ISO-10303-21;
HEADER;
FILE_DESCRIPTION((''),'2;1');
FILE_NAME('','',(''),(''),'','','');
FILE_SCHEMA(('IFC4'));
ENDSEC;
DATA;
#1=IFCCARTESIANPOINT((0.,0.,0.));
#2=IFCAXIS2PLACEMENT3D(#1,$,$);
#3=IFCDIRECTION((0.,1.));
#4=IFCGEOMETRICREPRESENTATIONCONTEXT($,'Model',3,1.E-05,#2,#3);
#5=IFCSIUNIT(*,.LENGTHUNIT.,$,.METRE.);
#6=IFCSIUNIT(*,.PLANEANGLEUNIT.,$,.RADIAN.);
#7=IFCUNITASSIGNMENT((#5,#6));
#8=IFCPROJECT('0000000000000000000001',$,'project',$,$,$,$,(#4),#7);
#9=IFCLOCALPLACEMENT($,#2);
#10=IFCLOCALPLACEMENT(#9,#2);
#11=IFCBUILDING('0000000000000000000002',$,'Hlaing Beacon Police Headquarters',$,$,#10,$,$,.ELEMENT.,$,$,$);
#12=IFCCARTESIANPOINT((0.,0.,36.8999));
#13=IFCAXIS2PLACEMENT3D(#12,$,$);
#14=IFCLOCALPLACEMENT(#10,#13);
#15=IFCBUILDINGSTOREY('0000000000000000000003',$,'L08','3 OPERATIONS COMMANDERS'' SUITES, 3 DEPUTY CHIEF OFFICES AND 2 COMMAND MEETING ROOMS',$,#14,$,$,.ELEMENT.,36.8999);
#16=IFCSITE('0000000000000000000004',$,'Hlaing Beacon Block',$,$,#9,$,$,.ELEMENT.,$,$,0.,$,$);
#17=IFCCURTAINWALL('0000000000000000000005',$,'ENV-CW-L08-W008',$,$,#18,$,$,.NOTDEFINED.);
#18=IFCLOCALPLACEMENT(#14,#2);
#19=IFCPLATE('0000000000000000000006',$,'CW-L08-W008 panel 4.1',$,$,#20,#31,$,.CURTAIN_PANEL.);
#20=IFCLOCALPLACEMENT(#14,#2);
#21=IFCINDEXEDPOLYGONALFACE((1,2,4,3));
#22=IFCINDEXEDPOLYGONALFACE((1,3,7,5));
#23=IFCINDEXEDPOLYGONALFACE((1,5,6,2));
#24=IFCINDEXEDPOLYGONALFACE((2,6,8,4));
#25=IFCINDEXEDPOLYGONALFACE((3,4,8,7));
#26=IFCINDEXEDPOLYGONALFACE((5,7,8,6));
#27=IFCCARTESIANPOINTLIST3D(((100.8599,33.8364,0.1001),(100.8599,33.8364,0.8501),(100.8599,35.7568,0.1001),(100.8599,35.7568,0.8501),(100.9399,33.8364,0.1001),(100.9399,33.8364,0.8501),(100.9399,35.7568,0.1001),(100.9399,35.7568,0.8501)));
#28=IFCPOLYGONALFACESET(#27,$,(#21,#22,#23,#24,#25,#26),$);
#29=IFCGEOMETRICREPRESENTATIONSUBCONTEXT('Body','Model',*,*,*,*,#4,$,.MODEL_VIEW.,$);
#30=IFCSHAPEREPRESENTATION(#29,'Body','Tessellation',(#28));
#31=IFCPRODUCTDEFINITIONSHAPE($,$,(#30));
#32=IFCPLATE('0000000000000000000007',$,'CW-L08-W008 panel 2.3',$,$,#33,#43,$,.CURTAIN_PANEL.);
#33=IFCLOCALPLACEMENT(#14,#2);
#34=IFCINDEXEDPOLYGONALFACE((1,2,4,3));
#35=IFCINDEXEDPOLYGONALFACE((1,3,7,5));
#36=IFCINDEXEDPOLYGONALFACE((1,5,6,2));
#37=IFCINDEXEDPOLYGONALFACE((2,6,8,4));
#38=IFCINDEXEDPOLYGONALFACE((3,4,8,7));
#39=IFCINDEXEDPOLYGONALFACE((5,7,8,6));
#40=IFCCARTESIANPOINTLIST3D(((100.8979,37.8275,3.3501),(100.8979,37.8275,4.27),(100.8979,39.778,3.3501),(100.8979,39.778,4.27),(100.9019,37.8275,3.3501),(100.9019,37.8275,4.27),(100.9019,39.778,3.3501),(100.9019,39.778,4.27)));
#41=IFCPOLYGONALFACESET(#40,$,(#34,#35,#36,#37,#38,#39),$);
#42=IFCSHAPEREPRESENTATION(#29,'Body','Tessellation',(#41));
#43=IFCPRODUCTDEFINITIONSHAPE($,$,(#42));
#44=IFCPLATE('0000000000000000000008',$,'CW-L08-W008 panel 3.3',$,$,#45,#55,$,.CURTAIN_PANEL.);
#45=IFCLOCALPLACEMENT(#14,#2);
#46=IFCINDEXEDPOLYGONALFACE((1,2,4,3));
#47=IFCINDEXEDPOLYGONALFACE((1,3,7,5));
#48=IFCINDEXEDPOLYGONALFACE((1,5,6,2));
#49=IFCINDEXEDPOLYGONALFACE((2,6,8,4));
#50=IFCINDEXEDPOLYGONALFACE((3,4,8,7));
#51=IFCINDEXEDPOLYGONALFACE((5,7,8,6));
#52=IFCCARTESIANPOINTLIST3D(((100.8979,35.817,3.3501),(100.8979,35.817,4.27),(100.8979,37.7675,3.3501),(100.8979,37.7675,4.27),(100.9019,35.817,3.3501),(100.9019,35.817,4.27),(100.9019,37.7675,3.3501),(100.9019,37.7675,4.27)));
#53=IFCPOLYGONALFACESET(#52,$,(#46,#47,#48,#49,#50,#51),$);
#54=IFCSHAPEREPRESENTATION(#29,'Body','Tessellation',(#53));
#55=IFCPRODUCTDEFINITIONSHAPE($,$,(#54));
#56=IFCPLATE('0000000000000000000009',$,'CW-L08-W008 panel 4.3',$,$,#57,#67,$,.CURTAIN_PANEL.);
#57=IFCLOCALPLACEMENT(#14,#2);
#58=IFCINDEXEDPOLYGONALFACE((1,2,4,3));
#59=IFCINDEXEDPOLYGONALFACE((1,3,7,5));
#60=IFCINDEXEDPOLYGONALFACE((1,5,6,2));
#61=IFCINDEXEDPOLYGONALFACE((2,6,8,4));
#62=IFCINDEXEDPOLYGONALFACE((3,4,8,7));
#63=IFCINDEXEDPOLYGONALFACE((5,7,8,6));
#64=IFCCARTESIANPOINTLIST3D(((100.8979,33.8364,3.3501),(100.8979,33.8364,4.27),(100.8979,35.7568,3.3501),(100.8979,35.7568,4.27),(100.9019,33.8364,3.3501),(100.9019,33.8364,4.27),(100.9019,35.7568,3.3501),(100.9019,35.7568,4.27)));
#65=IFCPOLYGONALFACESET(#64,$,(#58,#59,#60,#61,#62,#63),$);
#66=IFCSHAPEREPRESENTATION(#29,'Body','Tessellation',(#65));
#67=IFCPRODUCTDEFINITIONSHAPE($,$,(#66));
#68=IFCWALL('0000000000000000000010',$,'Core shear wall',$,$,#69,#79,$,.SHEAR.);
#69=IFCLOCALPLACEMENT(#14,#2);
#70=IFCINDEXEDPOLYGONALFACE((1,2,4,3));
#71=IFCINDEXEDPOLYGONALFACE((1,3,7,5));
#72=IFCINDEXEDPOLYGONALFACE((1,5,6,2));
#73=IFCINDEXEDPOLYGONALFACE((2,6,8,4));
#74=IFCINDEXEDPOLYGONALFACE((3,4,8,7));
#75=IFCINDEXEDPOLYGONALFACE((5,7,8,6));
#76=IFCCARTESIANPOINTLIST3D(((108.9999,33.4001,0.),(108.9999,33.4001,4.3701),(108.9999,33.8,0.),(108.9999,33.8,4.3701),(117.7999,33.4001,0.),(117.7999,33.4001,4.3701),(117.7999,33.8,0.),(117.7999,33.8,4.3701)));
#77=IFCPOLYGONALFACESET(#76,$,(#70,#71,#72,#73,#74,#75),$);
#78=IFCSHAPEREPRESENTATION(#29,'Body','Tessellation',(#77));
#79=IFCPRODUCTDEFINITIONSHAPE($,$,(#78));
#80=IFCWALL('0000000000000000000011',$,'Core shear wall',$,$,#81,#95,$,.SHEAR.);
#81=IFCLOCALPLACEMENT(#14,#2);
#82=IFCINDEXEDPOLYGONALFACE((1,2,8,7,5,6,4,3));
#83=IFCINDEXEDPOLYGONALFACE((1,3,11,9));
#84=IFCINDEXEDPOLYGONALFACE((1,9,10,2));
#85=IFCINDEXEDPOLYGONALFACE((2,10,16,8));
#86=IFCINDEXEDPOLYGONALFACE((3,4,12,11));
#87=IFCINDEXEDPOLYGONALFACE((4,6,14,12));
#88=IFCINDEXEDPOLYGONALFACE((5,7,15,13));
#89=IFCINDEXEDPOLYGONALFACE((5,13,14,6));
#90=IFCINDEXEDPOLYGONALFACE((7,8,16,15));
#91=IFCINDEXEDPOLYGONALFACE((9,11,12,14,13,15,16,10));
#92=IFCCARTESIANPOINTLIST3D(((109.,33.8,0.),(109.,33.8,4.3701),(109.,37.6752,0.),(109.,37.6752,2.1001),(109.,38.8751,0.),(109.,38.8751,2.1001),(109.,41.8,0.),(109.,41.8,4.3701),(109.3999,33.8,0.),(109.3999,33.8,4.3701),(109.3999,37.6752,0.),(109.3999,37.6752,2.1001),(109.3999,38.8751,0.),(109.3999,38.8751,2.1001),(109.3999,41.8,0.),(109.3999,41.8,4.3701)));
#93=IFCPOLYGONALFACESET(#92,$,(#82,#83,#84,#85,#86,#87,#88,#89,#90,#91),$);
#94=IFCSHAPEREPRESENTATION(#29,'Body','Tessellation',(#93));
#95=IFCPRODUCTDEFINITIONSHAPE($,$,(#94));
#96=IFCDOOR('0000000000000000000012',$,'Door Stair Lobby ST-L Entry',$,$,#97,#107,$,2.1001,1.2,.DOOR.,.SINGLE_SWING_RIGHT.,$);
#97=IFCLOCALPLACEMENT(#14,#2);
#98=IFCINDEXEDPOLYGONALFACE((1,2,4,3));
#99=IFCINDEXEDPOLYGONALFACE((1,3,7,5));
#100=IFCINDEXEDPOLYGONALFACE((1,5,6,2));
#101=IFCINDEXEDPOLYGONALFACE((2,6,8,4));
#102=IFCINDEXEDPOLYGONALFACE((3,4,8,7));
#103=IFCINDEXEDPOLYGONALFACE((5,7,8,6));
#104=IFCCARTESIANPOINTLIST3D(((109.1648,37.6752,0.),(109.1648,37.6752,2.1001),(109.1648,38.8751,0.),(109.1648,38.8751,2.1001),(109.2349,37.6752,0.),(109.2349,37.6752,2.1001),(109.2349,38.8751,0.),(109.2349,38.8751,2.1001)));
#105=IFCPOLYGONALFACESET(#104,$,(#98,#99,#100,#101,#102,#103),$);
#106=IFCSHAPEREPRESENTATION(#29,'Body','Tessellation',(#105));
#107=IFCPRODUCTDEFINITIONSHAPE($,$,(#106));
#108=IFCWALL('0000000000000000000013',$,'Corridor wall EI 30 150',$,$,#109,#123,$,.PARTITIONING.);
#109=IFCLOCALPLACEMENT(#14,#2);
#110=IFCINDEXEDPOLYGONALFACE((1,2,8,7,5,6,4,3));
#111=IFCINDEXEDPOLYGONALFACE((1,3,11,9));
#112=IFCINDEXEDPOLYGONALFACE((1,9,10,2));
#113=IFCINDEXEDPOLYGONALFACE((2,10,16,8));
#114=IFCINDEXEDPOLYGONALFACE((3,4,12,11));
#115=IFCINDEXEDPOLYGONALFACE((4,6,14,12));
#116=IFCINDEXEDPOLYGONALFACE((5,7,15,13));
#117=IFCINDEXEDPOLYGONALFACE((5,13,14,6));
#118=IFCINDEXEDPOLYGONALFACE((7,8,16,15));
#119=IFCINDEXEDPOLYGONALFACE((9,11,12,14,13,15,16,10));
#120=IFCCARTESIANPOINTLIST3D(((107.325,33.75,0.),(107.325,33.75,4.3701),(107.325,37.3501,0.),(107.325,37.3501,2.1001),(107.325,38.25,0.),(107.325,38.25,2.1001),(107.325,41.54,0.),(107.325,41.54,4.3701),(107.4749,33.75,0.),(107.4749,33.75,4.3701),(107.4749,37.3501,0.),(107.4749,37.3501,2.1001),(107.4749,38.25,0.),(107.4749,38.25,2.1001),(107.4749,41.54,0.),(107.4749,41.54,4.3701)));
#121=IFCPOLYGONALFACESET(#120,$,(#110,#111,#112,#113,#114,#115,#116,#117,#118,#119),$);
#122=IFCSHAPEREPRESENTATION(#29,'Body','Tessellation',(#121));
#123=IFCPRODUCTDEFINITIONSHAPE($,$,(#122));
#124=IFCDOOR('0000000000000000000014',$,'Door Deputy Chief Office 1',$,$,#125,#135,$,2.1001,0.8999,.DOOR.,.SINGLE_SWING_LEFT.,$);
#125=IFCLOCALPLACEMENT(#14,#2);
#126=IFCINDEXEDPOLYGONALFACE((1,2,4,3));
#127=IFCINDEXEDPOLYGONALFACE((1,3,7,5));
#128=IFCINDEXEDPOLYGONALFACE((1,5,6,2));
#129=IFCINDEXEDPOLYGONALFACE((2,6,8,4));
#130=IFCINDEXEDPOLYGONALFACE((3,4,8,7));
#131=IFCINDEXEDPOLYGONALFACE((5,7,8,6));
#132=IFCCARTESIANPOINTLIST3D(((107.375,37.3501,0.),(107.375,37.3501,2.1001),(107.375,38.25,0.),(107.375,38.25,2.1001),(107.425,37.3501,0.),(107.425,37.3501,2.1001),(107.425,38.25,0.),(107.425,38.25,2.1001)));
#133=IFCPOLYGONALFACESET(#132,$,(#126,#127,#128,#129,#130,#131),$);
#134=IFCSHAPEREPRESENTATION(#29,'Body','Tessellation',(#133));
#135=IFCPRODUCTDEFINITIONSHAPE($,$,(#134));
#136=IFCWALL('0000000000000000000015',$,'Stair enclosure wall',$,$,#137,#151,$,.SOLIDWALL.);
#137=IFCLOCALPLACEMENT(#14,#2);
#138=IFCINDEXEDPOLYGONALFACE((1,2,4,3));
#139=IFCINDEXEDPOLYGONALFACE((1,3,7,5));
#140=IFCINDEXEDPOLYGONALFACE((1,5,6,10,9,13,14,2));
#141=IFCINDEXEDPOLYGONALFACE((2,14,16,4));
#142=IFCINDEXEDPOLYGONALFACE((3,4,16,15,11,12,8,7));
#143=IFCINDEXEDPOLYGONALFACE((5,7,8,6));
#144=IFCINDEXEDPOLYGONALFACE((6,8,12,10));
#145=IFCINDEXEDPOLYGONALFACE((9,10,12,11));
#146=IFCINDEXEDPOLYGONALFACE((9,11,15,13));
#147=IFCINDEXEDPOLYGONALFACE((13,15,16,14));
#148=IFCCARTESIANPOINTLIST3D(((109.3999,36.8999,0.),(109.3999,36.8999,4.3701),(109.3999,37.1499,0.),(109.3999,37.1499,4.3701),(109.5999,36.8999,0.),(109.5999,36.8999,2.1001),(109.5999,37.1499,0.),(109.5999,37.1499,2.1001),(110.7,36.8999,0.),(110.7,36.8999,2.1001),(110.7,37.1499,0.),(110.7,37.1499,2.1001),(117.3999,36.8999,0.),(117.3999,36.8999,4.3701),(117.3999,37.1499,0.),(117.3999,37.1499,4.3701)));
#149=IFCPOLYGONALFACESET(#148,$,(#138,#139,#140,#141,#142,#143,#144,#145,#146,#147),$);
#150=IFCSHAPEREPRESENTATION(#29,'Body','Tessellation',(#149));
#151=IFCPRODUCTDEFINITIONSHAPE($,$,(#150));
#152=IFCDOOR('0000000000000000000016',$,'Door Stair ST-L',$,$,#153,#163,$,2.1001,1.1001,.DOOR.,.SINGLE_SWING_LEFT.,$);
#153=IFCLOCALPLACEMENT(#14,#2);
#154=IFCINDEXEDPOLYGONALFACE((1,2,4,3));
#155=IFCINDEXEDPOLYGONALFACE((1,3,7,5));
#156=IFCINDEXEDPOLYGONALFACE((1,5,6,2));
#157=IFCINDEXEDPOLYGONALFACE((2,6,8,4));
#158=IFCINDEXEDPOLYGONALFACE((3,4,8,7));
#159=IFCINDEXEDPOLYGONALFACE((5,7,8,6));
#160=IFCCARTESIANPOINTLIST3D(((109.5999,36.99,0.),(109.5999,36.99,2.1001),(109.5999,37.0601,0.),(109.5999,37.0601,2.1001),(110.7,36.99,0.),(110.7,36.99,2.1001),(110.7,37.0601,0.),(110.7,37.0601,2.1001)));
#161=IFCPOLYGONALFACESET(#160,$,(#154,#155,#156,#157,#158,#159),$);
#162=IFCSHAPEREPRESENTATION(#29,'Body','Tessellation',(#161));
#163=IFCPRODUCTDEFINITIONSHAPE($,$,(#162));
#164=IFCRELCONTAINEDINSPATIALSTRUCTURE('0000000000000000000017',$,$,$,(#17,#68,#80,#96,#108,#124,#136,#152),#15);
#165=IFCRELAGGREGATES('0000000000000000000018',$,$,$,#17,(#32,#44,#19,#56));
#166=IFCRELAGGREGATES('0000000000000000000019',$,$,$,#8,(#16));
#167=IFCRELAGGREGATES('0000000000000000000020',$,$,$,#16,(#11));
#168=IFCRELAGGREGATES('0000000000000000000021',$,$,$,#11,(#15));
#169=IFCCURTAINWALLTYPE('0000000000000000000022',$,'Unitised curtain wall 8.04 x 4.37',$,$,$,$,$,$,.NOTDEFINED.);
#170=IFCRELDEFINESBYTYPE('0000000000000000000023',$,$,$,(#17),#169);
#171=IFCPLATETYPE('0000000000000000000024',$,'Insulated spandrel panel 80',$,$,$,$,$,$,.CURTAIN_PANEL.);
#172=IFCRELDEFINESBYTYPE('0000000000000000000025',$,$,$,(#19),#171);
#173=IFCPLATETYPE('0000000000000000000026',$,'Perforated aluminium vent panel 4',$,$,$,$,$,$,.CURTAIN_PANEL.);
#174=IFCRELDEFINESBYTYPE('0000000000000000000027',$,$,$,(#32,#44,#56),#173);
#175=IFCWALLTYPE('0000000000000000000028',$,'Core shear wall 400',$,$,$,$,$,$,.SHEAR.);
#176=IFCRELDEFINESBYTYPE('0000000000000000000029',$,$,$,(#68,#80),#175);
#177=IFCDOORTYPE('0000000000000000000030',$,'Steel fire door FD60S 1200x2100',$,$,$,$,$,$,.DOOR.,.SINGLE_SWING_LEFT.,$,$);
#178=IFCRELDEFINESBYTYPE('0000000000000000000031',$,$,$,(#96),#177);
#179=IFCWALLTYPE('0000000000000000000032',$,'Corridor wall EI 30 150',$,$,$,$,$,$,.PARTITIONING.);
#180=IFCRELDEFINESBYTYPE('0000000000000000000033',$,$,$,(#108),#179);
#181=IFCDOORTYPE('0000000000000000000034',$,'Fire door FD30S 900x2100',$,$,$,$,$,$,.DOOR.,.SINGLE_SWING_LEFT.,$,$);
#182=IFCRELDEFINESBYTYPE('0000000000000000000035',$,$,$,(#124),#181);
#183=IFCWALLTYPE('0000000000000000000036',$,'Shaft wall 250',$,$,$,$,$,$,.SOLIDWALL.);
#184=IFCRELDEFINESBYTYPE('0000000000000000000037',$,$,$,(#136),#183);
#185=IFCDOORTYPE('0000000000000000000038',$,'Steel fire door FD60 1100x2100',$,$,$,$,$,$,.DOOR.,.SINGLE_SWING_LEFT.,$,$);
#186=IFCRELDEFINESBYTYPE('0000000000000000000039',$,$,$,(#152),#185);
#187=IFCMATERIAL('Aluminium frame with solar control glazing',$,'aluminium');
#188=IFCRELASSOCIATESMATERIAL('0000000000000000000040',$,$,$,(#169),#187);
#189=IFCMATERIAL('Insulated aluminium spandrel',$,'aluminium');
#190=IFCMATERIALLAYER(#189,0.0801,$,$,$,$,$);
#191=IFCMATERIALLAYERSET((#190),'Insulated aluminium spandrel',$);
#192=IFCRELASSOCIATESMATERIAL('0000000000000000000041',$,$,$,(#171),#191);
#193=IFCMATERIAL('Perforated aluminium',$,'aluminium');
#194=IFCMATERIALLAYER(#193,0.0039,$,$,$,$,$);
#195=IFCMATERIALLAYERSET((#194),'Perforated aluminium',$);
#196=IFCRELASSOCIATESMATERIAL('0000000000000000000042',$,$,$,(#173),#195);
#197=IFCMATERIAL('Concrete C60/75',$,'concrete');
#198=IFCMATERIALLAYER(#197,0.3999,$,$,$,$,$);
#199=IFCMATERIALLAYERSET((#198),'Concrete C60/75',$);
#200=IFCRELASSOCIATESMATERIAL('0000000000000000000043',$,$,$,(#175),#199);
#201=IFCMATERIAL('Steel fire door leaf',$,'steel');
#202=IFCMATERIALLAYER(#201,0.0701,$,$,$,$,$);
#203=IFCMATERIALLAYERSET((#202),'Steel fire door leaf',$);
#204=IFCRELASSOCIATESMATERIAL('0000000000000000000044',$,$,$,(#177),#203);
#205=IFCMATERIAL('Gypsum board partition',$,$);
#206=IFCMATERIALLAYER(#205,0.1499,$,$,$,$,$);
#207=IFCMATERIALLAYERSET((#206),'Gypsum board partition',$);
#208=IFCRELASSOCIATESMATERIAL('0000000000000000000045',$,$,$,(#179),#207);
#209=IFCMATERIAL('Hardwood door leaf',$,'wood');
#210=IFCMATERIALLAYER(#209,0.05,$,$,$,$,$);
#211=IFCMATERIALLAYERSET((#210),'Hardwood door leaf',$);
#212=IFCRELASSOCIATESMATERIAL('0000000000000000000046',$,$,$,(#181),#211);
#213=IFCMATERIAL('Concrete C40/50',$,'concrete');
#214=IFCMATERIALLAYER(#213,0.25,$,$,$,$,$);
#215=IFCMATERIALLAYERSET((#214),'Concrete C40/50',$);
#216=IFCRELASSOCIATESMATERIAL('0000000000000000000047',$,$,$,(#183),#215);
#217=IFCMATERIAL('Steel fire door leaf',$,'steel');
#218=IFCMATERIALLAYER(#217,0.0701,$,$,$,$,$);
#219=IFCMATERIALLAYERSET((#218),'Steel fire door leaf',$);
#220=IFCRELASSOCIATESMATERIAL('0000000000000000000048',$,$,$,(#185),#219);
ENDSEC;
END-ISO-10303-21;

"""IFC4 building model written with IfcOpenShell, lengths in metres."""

from ifc_helpers import new_model, si_unit, direction, frame, frame_2d, origin, origin_2d, place, context, subcontext, project, spatial, rectangle, extrude, material, layer, layer_set, type_object, element, fill, aggregate, save


model = new_model("IFC4")

# Units and contexts
model_context = context("Model", 3, precision=1e-05, world=origin(), true_north=direction((0.0, 1.0)))
body_context = subcontext(model_context, "Body", "Model", "MODEL_VIEW")
ifc_project = project(units=[si_unit("LENGTHUNIT", "METRE"), si_unit("PLANEANGLEUNIT", "RADIAN")], contexts=[model_context])

# Site, building, storey
site_placement = place(None, origin())
site = spatial("IfcSite", under=ifc_project, at=site_placement, Name="Hlaing Beacon Block", CompositionType="ELEMENT", RefElevation=0.0)
building_placement = place(site_placement, origin())
building = spatial("IfcBuilding", under=site, at=building_placement, Name="Hlaing Beacon Police Headquarters", CompositionType="ELEMENT")
storey_placement = place(building_placement, frame((0.0, 0.0, 36.8999)))
storey = spatial("IfcBuildingStorey", under=building, at=storey_placement, Name="L08", Description="3 OPERATIONS COMMANDERS' SUITES, 3 DEPUTY CHIEF OFFICES AND 2 COMMAND MEETING ROOMS", CompositionType="ELEMENT", Elevation=36.8999)

# Curtain wall
ifc_material_1 = material(Name="Aluminium frame with solar control glazing", Category="aluminium")
curtain_wall_type = type_object("IfcCurtainWallType", Name="Unitised curtain wall 8.04 x 4.37", PredefinedType="NOTDEFINED", material=ifc_material_1)
curtain_wall_placement = place(storey_placement, origin())
curtain_wall = element("IfcCurtainWall", 1, at=curtain_wall_placement, inside=storey, type_object=curtain_wall_type, Name="ENV-CW-L08-W008", PredefinedType="NOTDEFINED")

# Plates
ifc_material_2 = material(Name="Insulated aluminium spandrel", Category="aluminium")
ifc_layer_1 = layer(ifc_material_2, 0.0801)
ifc_layer_set_1 = layer_set([ifc_layer_1], Name="Insulated aluminium spandrel")
plate_type_1 = type_object("IfcPlateType", Name="Insulated spandrel panel 80", PredefinedType="CURTAIN_PANEL", material=ifc_layer_set_1)
plate_1_placement = place(storey_placement, frame((100.8999, 34.7966, 0.1001), z_axis=(0.0, 0.0, 1.0), x_axis=(0.0, -1.0, 0.0)))
plate_1 = element("IfcPlate", 2, at=plate_1_placement, type_object=plate_type_1, Name="CW-L08-W008 panel 4.1", PredefinedType="CURTAIN_PANEL", context=body_context, shape_type="SweptSolid", body=[
    extrude(rectangle(XDim=1.9204, YDim=0.0801, at=origin_2d()), origin(), (0.0, 0.0, 1.0), 0.75),
])
ifc_material_3 = material(Name="Perforated aluminium", Category="aluminium")
ifc_layer_2 = layer(ifc_material_3, 0.0039)
ifc_layer_set_2 = layer_set([ifc_layer_2], Name="Perforated aluminium")
plate_type_2 = type_object("IfcPlateType", Name="Perforated aluminium vent panel 4", PredefinedType="CURTAIN_PANEL", material=ifc_layer_set_2)
plate_2_placement = place(storey_placement, frame((100.8999, 38.8027, 3.3501), z_axis=(0.0, 0.0, 1.0), x_axis=(0.0, -1.0, 0.0)))
plate_2 = element("IfcPlate", 3, at=plate_2_placement, type_object=plate_type_2, Name="CW-L08-W008 panel 2.3", PredefinedType="CURTAIN_PANEL", context=body_context, shape_type="SweptSolid", body=[
    extrude(rectangle(XDim=1.9504, YDim=0.0039, at=origin_2d()), origin(), (0.0, 0.0, 1.0), 0.9199),
])
plate_3_placement = place(storey_placement, frame((100.8999, 36.7922, 3.3501), z_axis=(0.0, 0.0, 1.0), x_axis=(0.0, -1.0, 0.0)))
plate_3 = element("IfcPlate", 4, at=plate_3_placement, type_object=plate_type_2, Name="CW-L08-W008 panel 3.3", PredefinedType="CURTAIN_PANEL", context=body_context, shape_type="SweptSolid", body=[
    extrude(rectangle(XDim=1.9504, YDim=0.0039, at=origin_2d()), origin(), (0.0, 0.0, 1.0), 0.9199),
])
plate_4_placement = place(storey_placement, frame((100.8999, 34.7966, 3.3501), z_axis=(0.0, 0.0, 1.0), x_axis=(0.0, -1.0, 0.0)))
plate_4 = element("IfcPlate", 5, at=plate_4_placement, type_object=plate_type_2, Name="CW-L08-W008 panel 4.3", PredefinedType="CURTAIN_PANEL", context=body_context, shape_type="SweptSolid", body=[
    extrude(rectangle(XDim=1.9204, YDim=0.0039, at=origin_2d()), origin(), (0.0, 0.0, 1.0), 0.9199),
])
aggregate(curtain_wall, [plate_2, plate_3, plate_1, plate_4])

# Wall
ifc_material_4 = material(Name="Concrete C60/75", Category="concrete")
ifc_layer_3 = layer(ifc_material_4, 0.3999)
ifc_layer_set_3 = layer_set([ifc_layer_3], Name="Concrete C60/75")
wall_type_1 = type_object("IfcWallType", Name="Core shear wall 400", PredefinedType="SHEAR", material=ifc_layer_set_3)
wall_1_placement = place(storey_placement, frame((109.0, 33.6001, 0.0), z_axis=(0.0, 0.0, 1.0), x_axis=(1.0, 0.0, 0.0)))
element("IfcWall", 6, at=wall_1_placement, inside=storey, type_object=wall_type_1, Name="Core shear wall", PredefinedType="SHEAR", context=body_context, shape_type="SweptSolid", body=[
    extrude(rectangle(XDim=8.8, YDim=0.3999, at=frame_2d((4.3999, 0.0))), origin(), (0.0, 0.0, 1.0), 4.3701),
])

# Walls, openings, doors
wall_2_placement = place(storey_placement, frame((109.2, 33.8, 0.0), z_axis=(0.0, 0.0, 1.0), x_axis=(0.0, 1.0, 0.0)))
wall_2 = element("IfcWall", 7, at=wall_2_placement, inside=storey, type_object=wall_type_1, Name="Core shear wall", PredefinedType="SHEAR", context=body_context, shape_type="SweptSolid", body=[
    extrude(rectangle(XDim=8.0, YDim=0.3999, at=frame_2d((4.0, 0.0))), origin(), (0.0, 0.0, 1.0), 4.3701),
])
opening_1_placement = place(wall_2_placement, frame((3.875, 0.0, 0.0)))
opening_1 = element("IfcOpeningElement", 8, at=opening_1_placement, cuts=wall_2, PredefinedType="OPENING", context=body_context, shape_type="SweptSolid", body=[
    extrude(rectangle(XDim=1.2, YDim=2.1001, at=frame_2d((0.6001, 1.05))), frame((0.0, 0.21, 0.0), z_axis=(0.0, -1.0, 0.0), x_axis=(1.0, 0.0, 0.0)), (0.0, 0.0, 1.0), 0.4199),
])
ifc_material_5 = material(Name="Steel fire door leaf", Category="steel")
ifc_layer_4 = layer(ifc_material_5, 0.0701)
ifc_layer_set_4 = layer_set([ifc_layer_4], Name="Steel fire door leaf")
door_type_1 = type_object("IfcDoorType", Name="Steel fire door FD60S 1200x2100", OperationType="SINGLE_SWING_LEFT", PredefinedType="DOOR", material=ifc_layer_set_4)
door_1_placement = place(opening_1_placement, frame((1.2, 0.0, 0.0), z_axis=(0.0, 0.0, 1.0), x_axis=(-1.0, 0.0, 0.0)))
door_1 = element("IfcDoor", 9, at=door_1_placement, inside=storey, type_object=door_type_1, Name="Door Stair Lobby ST-L Entry", OperationType="SINGLE_SWING_RIGHT", OverallHeight=2.1001, OverallWidth=1.2, PredefinedType="DOOR", context=body_context, shape_type="SweptSolid", body=[
    extrude(rectangle(XDim=1.2, YDim=2.1001, at=frame_2d((0.5999, 1.05))), frame((0.0, 0.0349, 0.0), z_axis=(0.0, -1.0, 0.0), x_axis=(1.0, 0.0, 0.0)), (0.0, 0.0, 1.0), 0.0701),
])
fill(opening_1, door_1)
ifc_material_6 = material(Name="Gypsum board partition")
ifc_layer_5 = layer(ifc_material_6, 0.1499)
ifc_layer_set_5 = layer_set([ifc_layer_5], Name="Gypsum board partition")
wall_type_2 = type_object("IfcWallType", Name="Corridor wall EI 30 150", PredefinedType="PARTITIONING", material=ifc_layer_set_5)
wall_3_placement = place(storey_placement, frame((107.3999, 33.75, 0.0), z_axis=(0.0, 0.0, 1.0), x_axis=(0.0, 1.0, 0.0)))
wall_3 = element("IfcWall", 10, at=wall_3_placement, inside=storey, type_object=wall_type_2, Name="Corridor wall EI 30 150", PredefinedType="PARTITIONING", context=body_context, shape_type="SweptSolid", body=[
    extrude(rectangle(XDim=7.79, YDim=0.1499, at=frame_2d((3.895, 0.0))), origin(), (0.0, 0.0, 1.0), 4.3701),
])
opening_2_placement = place(wall_3_placement, frame((3.6001, 0.0, 0.0)))
opening_2 = element("IfcOpeningElement", 11, at=opening_2_placement, cuts=wall_3, PredefinedType="OPENING", context=body_context, shape_type="SweptSolid", body=[
    extrude(rectangle(XDim=0.8999, YDim=2.1001, at=frame_2d((0.45, 1.05))), frame((0.0, 0.085, 0.0), z_axis=(0.0, -1.0, 0.0), x_axis=(1.0, 0.0, 0.0)), (0.0, 0.0, 1.0), 0.1699),
])
ifc_material_7 = material(Name="Hardwood door leaf", Category="wood")
ifc_layer_6 = layer(ifc_material_7, 0.05)
ifc_layer_set_6 = layer_set([ifc_layer_6], Name="Hardwood door leaf")
door_type_2 = type_object("IfcDoorType", Name="Fire door FD30S 900x2100", OperationType="SINGLE_SWING_LEFT", PredefinedType="DOOR", material=ifc_layer_set_6)
door_2_placement = place(opening_2_placement, origin())
door_2 = element("IfcDoor", 12, at=door_2_placement, inside=storey, type_object=door_type_2, Name="Door Deputy Chief Office 1", OperationType="SINGLE_SWING_LEFT", OverallHeight=2.1001, OverallWidth=0.8999, PredefinedType="DOOR", context=body_context, shape_type="SweptSolid", body=[
    extrude(rectangle(XDim=0.8999, YDim=2.1001, at=frame_2d((0.45, 1.05))), frame((0.0, 0.0249, 0.0), z_axis=(0.0, -1.0, 0.0), x_axis=(1.0, 0.0, 0.0)), (0.0, 0.0, 1.0), 0.05),
])
fill(opening_2, door_2)
ifc_material_8 = material(Name="Concrete C40/50", Category="concrete")
ifc_layer_7 = layer(ifc_material_8, 0.25)
ifc_layer_set_7 = layer_set([ifc_layer_7], Name="Concrete C40/50")
wall_type_3 = type_object("IfcWallType", Name="Shaft wall 250", PredefinedType="SOLIDWALL", material=ifc_layer_set_7)
wall_4_placement = place(storey_placement, frame((109.3999, 37.0249, 0.0), z_axis=(0.0, 0.0, 1.0), x_axis=(1.0, 0.0, 0.0)))
wall_4 = element("IfcWall", 13, at=wall_4_placement, inside=storey, type_object=wall_type_3, Name="Stair enclosure wall", PredefinedType="SOLIDWALL", context=body_context, shape_type="SweptSolid", body=[
    extrude(rectangle(XDim=8.0, YDim=0.25, at=frame_2d((4.0, 0.0))), origin(), (0.0, 0.0, 1.0), 4.3701),
])
opening_3_placement = place(wall_4_placement, frame((0.2, 0.0, 0.0)))
opening_3 = element("IfcOpeningElement", 14, at=opening_3_placement, cuts=wall_4, PredefinedType="OPENING", context=body_context, shape_type="SweptSolid", body=[
    extrude(rectangle(XDim=1.1001, YDim=2.1001, at=frame_2d((0.55, 1.05))), frame((0.0, 0.135, 0.0), z_axis=(0.0, -1.0, 0.0), x_axis=(1.0, 0.0, 0.0)), (0.0, 0.0, 1.0), 0.27),
])
ifc_material_9 = material(Name="Steel fire door leaf", Category="steel")
ifc_layer_8 = layer(ifc_material_9, 0.0701)
ifc_layer_set_8 = layer_set([ifc_layer_8], Name="Steel fire door leaf")
door_type_3 = type_object("IfcDoorType", Name="Steel fire door FD60 1100x2100", OperationType="SINGLE_SWING_LEFT", PredefinedType="DOOR", material=ifc_layer_set_8)
door_3_placement = place(opening_3_placement, frame((1.1001, 0.0, 0.0), z_axis=(0.0, 0.0, 1.0), x_axis=(-1.0, 0.0, 0.0)))
door_3 = element("IfcDoor", 15, at=door_3_placement, inside=storey, type_object=door_type_3, Name="Door Stair ST-L", OperationType="SINGLE_SWING_LEFT", OverallHeight=2.1001, OverallWidth=1.1001, PredefinedType="DOOR", context=body_context, shape_type="SweptSolid", body=[
    extrude(rectangle(XDim=1.1001, YDim=2.1001, at=frame_2d((0.55, 1.05))), frame((0.0, 0.0349, 0.0), z_axis=(0.0, -1.0, 0.0), x_axis=(1.0, 0.0, 0.0)), (0.0, 0.0, 1.0), 0.0701),
])
fill(opening_3, door_3)

save(model, "model.ifc")
